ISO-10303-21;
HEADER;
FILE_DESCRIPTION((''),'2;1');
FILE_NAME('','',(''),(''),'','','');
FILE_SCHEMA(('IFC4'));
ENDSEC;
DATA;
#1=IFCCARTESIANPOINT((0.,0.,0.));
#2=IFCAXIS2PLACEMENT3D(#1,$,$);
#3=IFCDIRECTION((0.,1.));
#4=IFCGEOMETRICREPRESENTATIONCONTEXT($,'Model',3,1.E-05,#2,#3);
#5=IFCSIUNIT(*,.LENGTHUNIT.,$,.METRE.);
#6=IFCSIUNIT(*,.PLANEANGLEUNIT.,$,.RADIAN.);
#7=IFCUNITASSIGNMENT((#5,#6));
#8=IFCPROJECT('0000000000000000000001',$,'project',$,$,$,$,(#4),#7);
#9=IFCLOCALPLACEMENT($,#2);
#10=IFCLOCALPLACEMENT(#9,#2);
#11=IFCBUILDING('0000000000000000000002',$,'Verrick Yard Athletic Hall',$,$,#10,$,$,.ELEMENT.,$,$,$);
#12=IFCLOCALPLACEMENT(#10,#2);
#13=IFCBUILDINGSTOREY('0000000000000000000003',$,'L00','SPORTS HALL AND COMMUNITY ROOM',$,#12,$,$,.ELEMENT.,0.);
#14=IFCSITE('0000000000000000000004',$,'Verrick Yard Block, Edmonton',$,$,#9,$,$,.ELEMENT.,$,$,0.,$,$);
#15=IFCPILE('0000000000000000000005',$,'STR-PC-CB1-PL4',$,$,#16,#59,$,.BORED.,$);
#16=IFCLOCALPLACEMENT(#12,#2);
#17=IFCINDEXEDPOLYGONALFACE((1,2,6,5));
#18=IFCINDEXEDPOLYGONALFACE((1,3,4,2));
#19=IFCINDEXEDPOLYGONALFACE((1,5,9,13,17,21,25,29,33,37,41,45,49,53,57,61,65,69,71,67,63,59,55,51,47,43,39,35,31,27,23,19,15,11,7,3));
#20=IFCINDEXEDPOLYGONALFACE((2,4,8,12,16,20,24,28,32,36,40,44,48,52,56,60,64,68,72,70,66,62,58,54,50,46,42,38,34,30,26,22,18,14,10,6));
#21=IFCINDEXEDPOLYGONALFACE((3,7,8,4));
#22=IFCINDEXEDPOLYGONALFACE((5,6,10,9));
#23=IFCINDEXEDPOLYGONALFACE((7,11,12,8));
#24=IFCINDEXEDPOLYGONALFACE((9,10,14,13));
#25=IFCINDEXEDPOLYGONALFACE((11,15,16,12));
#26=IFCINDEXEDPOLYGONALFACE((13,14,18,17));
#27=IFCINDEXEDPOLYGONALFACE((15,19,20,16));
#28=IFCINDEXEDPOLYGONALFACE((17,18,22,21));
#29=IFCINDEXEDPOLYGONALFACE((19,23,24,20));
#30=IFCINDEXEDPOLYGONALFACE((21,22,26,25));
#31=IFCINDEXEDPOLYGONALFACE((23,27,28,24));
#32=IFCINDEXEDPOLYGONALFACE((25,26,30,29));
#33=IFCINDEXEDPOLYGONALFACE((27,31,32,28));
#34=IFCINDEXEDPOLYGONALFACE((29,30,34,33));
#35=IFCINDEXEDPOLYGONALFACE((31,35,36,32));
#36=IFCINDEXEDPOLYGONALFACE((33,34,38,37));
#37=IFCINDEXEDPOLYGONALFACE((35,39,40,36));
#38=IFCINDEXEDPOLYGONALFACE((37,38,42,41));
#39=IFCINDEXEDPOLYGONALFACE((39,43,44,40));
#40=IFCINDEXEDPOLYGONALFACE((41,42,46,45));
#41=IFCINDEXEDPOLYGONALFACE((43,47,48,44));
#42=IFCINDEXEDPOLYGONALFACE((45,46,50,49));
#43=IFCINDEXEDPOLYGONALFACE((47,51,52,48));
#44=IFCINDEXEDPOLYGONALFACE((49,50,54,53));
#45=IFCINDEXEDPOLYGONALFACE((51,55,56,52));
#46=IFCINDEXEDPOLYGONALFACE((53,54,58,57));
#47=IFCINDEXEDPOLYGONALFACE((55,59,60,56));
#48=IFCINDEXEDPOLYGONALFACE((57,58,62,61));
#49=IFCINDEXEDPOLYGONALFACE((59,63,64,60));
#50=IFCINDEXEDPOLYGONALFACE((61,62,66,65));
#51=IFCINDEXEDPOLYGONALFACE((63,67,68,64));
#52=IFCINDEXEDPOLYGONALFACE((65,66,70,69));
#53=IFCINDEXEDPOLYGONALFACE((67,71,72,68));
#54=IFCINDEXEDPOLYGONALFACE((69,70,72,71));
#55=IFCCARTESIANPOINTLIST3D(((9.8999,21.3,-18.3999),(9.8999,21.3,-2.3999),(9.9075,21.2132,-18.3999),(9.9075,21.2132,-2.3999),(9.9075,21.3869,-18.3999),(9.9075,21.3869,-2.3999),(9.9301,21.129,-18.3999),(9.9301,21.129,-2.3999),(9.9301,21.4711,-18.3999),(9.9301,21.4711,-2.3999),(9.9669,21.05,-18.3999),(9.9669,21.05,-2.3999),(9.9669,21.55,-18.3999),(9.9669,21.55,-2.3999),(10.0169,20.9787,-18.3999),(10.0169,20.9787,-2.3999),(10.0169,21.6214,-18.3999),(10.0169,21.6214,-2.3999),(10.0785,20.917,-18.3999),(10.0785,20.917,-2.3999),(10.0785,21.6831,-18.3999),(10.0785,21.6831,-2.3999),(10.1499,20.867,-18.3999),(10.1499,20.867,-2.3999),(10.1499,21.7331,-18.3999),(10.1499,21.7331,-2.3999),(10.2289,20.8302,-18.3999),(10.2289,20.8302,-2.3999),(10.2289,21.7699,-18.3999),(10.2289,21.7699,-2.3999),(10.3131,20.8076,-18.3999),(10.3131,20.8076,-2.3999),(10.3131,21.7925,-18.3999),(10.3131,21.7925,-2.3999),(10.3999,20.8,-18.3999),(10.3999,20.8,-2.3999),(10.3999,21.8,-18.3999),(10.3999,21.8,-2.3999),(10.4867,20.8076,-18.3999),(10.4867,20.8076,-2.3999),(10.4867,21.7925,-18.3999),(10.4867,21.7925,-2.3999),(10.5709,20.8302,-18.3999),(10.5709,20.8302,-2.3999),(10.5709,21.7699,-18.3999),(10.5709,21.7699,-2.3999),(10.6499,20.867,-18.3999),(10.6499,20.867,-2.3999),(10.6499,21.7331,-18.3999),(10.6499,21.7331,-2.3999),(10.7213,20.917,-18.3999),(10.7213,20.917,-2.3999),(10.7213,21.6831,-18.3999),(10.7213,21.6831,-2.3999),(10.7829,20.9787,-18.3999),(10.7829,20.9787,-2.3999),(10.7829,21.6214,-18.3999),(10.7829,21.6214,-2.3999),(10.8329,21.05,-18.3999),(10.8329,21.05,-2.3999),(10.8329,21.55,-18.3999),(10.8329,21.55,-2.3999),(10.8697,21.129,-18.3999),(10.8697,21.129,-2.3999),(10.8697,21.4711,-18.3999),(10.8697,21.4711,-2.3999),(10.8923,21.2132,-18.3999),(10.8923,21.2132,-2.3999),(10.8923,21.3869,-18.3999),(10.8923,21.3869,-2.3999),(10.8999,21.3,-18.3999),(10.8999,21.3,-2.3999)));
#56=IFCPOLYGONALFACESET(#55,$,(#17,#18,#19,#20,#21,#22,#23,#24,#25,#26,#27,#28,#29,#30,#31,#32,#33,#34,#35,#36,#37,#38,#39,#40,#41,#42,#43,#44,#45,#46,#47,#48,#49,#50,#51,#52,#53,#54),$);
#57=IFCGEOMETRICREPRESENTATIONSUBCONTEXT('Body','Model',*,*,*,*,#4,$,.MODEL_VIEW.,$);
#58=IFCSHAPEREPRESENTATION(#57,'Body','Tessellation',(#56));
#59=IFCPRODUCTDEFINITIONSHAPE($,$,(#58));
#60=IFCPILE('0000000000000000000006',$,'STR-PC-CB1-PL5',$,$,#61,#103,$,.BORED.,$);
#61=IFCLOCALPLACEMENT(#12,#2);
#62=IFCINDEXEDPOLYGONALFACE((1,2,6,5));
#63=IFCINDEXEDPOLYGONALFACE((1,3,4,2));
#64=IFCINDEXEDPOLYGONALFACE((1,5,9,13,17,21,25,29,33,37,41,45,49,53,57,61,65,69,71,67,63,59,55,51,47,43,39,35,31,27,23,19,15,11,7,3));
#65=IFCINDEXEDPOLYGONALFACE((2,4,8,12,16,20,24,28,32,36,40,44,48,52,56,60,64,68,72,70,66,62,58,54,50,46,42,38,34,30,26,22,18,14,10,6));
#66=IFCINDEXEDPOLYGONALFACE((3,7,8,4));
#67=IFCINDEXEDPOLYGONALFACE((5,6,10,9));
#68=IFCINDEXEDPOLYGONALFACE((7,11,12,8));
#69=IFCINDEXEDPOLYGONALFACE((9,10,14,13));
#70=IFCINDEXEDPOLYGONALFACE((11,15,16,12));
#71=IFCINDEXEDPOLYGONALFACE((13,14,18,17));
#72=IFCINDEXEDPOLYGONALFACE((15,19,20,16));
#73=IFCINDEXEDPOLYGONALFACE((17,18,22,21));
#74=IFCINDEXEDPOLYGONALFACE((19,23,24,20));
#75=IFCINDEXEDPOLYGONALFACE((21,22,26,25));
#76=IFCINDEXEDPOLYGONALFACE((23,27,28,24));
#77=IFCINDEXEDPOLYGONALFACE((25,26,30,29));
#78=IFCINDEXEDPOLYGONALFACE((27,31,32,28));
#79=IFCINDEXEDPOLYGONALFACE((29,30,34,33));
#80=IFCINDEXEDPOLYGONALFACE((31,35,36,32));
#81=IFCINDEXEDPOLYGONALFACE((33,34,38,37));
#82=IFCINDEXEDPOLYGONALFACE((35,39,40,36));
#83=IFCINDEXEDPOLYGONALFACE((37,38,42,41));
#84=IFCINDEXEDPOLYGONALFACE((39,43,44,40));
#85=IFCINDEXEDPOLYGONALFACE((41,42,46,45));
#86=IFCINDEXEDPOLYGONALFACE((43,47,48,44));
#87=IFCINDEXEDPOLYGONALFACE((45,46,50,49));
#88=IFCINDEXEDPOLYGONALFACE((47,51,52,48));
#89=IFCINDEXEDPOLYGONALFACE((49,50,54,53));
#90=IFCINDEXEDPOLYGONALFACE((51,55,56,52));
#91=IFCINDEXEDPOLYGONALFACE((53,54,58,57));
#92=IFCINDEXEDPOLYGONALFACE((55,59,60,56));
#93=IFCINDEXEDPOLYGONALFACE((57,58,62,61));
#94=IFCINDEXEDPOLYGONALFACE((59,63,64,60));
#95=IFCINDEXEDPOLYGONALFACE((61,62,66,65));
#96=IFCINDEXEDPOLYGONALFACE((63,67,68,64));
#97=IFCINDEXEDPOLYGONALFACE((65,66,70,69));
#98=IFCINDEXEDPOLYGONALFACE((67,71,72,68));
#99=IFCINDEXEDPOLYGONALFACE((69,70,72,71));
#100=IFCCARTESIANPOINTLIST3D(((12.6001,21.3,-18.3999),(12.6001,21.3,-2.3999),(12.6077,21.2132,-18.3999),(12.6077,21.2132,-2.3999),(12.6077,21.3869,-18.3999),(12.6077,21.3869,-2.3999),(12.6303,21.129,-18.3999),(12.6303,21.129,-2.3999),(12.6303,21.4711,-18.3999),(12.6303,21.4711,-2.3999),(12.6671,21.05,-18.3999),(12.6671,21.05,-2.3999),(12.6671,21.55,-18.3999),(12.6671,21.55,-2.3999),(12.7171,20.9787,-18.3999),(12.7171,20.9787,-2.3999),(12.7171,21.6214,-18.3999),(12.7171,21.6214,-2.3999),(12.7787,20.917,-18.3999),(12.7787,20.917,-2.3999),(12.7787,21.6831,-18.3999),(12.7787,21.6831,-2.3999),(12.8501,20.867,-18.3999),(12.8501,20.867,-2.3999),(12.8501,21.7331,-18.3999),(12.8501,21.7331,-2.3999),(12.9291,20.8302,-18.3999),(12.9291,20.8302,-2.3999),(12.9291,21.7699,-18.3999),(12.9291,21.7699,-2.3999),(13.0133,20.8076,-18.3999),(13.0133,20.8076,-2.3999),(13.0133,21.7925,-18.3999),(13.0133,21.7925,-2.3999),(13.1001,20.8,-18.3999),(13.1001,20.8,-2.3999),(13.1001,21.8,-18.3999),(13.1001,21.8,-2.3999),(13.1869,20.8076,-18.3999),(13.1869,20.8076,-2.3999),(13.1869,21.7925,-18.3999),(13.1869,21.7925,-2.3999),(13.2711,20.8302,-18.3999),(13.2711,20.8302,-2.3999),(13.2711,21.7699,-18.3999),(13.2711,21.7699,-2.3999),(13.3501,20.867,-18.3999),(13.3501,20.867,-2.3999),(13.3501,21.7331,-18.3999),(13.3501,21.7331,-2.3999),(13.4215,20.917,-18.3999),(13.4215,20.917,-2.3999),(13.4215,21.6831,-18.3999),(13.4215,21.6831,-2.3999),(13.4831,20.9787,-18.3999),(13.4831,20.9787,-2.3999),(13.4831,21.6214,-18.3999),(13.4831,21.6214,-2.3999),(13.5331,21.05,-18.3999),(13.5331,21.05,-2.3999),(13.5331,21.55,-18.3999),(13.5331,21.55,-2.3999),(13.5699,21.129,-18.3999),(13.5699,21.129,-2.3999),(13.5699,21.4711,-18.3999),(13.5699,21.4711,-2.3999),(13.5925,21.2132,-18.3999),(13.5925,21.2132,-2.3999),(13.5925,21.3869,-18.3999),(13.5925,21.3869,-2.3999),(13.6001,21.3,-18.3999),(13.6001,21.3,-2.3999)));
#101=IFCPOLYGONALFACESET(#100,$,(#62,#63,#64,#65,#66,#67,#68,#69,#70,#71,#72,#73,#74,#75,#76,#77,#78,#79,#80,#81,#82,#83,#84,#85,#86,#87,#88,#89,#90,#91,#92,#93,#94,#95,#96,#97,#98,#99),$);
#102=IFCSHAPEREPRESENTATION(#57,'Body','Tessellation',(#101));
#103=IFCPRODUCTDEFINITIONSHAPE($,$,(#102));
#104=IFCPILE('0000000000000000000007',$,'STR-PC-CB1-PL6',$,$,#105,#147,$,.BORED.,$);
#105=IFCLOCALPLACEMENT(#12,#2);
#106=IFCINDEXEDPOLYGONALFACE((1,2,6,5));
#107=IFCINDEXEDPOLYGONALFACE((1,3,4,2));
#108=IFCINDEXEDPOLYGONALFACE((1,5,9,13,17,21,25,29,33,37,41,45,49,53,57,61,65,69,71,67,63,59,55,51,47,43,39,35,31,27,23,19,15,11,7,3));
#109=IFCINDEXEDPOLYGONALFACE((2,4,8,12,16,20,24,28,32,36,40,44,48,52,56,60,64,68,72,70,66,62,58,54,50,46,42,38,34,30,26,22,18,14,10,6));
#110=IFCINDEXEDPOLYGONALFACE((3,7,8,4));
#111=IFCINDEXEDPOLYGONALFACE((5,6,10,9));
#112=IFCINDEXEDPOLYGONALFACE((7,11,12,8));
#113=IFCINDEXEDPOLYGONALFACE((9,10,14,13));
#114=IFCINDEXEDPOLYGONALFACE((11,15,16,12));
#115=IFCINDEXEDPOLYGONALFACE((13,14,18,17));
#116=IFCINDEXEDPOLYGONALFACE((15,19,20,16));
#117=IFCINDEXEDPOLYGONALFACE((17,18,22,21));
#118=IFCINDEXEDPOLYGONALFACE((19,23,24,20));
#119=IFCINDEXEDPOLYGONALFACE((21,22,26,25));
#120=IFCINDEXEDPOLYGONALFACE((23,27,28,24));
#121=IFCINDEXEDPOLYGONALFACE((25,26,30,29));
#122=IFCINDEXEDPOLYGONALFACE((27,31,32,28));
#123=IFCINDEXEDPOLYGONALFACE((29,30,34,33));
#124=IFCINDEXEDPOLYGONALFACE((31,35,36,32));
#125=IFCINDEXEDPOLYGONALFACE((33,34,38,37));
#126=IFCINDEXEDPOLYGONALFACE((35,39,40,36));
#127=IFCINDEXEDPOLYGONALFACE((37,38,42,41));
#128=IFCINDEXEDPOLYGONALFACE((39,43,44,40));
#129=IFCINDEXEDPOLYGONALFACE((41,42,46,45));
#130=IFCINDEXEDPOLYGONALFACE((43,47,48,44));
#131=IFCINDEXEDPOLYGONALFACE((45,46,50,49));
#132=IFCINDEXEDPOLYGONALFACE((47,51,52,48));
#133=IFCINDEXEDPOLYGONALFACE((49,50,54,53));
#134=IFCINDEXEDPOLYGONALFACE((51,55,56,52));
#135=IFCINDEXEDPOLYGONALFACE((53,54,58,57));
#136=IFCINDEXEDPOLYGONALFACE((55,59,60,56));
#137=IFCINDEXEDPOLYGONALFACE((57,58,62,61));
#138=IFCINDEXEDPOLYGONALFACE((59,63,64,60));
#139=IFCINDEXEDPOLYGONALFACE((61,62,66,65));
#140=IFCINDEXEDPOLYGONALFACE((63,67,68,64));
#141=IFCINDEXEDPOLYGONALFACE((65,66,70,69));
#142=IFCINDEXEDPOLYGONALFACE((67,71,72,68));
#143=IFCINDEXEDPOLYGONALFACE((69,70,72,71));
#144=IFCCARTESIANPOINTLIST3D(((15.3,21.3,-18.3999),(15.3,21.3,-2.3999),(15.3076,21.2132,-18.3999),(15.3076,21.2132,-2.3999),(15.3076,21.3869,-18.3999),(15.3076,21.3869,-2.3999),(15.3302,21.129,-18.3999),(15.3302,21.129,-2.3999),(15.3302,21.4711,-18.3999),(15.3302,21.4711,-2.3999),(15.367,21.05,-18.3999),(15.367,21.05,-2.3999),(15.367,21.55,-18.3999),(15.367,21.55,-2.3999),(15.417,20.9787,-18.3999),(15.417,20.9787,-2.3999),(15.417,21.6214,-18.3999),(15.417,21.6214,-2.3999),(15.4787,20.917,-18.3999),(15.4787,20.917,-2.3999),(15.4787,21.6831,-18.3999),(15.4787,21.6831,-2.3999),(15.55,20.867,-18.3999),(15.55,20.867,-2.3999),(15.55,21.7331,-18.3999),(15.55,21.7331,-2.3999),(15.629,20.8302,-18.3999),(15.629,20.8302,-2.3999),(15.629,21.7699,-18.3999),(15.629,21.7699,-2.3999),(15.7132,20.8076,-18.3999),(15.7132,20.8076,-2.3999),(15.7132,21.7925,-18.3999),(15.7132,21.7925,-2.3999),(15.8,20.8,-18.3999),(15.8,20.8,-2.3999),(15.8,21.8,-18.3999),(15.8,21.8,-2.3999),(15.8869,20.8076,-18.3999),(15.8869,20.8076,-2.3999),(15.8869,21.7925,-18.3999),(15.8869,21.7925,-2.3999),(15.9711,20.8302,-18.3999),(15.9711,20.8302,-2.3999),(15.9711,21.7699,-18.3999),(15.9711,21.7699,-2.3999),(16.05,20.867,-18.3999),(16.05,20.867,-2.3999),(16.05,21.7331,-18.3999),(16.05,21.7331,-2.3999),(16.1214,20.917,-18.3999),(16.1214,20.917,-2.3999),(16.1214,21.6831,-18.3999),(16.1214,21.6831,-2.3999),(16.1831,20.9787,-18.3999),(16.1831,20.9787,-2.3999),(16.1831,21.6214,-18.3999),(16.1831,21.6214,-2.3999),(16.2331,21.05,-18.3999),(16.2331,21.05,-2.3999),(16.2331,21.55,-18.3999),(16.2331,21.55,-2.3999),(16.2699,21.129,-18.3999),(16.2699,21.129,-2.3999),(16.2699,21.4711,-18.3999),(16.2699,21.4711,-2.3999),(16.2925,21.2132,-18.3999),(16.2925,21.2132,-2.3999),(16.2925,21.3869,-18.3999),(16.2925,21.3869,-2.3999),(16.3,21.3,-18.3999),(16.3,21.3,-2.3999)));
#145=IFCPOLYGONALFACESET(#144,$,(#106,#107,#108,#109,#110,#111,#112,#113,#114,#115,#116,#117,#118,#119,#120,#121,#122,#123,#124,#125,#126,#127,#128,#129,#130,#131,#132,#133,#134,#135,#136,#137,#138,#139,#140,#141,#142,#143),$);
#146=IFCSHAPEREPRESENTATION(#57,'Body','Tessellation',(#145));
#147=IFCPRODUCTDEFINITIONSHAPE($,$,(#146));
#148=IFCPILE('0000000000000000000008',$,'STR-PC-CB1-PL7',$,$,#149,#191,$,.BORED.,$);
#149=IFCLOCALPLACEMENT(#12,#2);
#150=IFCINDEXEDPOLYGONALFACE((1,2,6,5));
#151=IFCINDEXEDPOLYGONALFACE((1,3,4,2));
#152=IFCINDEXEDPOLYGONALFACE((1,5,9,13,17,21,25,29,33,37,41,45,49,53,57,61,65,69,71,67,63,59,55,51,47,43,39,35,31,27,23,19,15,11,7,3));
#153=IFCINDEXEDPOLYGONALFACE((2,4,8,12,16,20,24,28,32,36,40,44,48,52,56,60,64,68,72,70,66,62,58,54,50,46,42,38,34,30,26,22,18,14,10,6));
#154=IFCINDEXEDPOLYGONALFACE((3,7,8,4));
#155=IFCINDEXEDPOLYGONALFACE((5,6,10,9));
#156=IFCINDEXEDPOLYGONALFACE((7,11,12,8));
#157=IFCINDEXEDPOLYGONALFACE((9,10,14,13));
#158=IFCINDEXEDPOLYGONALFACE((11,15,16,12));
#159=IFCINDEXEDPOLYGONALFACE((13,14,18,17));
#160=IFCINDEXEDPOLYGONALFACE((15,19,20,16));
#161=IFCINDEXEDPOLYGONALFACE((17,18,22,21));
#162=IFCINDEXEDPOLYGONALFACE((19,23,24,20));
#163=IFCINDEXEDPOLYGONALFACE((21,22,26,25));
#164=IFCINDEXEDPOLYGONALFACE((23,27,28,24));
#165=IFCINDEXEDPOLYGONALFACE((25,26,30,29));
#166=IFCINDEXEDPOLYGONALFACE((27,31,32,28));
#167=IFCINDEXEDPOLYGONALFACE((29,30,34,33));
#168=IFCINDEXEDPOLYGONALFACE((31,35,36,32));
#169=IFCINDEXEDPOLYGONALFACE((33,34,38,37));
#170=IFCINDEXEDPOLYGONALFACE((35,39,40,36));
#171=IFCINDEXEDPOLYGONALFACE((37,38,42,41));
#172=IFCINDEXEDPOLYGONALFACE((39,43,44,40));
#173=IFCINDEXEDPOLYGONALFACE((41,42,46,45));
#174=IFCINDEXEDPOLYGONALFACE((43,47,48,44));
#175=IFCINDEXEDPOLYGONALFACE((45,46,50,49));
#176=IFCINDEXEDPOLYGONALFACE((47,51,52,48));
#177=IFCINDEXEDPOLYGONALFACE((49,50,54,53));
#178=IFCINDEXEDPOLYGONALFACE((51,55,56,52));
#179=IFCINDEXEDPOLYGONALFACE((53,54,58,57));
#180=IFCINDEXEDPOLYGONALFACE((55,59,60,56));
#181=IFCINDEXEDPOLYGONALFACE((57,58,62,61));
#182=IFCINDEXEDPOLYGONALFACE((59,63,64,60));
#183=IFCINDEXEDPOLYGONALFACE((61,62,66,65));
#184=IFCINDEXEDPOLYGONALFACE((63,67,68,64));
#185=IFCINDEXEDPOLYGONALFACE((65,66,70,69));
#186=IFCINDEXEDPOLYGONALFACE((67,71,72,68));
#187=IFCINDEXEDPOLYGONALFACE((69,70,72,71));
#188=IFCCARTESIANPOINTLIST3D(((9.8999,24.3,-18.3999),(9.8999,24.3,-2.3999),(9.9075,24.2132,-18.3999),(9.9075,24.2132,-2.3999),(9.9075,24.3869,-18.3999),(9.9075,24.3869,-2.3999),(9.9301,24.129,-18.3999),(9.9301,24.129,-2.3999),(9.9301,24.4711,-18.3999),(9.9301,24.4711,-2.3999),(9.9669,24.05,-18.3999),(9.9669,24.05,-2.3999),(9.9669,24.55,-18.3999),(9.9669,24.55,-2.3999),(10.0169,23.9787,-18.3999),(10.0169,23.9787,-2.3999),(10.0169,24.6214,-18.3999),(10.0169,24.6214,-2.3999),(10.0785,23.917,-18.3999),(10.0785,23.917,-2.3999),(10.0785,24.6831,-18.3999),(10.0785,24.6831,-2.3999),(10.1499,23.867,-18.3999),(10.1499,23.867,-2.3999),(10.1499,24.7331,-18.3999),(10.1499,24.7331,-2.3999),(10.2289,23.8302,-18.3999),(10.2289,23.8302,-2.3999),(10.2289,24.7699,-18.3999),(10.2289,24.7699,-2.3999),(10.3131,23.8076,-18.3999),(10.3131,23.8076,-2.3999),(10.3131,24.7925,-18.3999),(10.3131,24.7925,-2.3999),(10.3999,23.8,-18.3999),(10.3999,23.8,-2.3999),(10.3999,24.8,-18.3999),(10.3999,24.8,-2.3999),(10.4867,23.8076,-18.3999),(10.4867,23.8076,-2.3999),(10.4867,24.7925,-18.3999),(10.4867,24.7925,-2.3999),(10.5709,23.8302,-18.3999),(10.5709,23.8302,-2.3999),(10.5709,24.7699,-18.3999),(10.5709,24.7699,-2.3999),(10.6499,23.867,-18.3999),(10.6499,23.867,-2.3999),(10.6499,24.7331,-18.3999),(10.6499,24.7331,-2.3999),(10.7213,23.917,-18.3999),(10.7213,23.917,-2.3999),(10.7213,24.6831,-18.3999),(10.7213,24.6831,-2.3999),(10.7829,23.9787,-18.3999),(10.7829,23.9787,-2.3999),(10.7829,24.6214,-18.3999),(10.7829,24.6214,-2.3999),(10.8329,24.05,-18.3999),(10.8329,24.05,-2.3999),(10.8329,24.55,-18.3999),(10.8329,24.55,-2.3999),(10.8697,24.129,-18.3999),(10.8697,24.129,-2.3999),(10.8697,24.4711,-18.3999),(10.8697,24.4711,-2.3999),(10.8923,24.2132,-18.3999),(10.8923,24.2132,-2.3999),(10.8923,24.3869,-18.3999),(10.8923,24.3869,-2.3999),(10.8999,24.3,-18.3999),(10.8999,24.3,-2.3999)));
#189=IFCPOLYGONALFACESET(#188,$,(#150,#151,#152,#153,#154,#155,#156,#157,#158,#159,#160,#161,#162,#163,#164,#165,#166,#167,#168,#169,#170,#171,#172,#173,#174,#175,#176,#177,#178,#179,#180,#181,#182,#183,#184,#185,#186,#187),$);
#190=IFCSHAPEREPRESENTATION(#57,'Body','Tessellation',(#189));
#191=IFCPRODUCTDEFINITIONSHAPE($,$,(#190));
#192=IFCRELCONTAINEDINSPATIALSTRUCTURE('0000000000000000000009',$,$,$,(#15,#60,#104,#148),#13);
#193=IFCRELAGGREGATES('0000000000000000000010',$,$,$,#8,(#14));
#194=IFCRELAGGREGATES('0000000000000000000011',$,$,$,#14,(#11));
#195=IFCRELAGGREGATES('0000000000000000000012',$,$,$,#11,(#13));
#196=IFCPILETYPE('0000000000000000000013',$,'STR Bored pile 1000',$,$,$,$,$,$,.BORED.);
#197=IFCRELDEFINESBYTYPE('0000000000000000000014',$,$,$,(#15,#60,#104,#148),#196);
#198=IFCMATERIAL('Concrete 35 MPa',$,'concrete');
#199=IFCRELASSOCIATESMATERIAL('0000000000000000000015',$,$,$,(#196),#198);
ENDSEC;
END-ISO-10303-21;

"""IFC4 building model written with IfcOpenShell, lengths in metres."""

from ifc_helpers import new_model, si_unit, direction, frame, origin, origin_2d, place, context, subcontext, project, spatial, circle, extrude, material, type_object, element, save


model = new_model("IFC4")

# Units and contexts
model_context = context("Model", 3, precision=1e-05, world=origin(), true_north=direction((0.0, 1.0)))
body_context = subcontext(model_context, "Body", "Model", "MODEL_VIEW")
ifc_project = project(units=[si_unit("LENGTHUNIT", "METRE"), si_unit("PLANEANGLEUNIT", "RADIAN")], contexts=[model_context])

# Site, building, storey
site_placement = place(None, origin())
site = spatial("IfcSite", under=ifc_project, at=site_placement, Name="Verrick Yard Block, Edmonton", CompositionType="ELEMENT", RefElevation=0.0)
building_placement = place(site_placement, origin())
building = spatial("IfcBuilding", under=site, at=building_placement, Name="Verrick Yard Athletic Hall", CompositionType="ELEMENT")
storey_placement = place(building_placement, origin())
storey = spatial("IfcBuildingStorey", under=building, at=storey_placement, Name="L00", Description="SPORTS HALL AND COMMUNITY ROOM", CompositionType="ELEMENT", Elevation=0.0)

# Piles
ifc_material_1 = material(Name="Concrete 35 MPa", Category="concrete")
pile_type = type_object("IfcPileType", Name="STR Bored pile 1000", PredefinedType="BORED", material=ifc_material_1)
for number, where, z_axis, x_axis, name in (
    (1, (10.3999, 21.3, -2.3999), (0.0, 0.0, -1.0), (1.0, 0.0, 0.0), "STR-PC-CB1-PL4"),
    (2, (13.1001, 21.3, -2.3999), (0.0, 0.0, -1.0), (1.0, 0.0, 0.0), "STR-PC-CB1-PL5"),
    (3, (15.8, 21.3, -2.3999), (0.0, 0.0, -1.0), (1.0, 0.0, 0.0), "STR-PC-CB1-PL6"),
    (4, (10.3999, 24.3, -2.3999), (0.0, 0.0, -1.0), (1.0, 0.0, 0.0), "STR-PC-CB1-PL7"),
):
    element("IfcPile", number, at=place(storey_placement, frame(where, z_axis=z_axis, x_axis=x_axis)), inside=storey, type_object=pile_type, Name=name, PredefinedType="BORED", context=body_context, shape_type="SweptSolid", body=[
        extrude(circle(Radius=0.5, at=origin_2d()), origin(), (0.0, 0.0, 1.0), 16.0),
    ])

save(model, "model.ifc")
